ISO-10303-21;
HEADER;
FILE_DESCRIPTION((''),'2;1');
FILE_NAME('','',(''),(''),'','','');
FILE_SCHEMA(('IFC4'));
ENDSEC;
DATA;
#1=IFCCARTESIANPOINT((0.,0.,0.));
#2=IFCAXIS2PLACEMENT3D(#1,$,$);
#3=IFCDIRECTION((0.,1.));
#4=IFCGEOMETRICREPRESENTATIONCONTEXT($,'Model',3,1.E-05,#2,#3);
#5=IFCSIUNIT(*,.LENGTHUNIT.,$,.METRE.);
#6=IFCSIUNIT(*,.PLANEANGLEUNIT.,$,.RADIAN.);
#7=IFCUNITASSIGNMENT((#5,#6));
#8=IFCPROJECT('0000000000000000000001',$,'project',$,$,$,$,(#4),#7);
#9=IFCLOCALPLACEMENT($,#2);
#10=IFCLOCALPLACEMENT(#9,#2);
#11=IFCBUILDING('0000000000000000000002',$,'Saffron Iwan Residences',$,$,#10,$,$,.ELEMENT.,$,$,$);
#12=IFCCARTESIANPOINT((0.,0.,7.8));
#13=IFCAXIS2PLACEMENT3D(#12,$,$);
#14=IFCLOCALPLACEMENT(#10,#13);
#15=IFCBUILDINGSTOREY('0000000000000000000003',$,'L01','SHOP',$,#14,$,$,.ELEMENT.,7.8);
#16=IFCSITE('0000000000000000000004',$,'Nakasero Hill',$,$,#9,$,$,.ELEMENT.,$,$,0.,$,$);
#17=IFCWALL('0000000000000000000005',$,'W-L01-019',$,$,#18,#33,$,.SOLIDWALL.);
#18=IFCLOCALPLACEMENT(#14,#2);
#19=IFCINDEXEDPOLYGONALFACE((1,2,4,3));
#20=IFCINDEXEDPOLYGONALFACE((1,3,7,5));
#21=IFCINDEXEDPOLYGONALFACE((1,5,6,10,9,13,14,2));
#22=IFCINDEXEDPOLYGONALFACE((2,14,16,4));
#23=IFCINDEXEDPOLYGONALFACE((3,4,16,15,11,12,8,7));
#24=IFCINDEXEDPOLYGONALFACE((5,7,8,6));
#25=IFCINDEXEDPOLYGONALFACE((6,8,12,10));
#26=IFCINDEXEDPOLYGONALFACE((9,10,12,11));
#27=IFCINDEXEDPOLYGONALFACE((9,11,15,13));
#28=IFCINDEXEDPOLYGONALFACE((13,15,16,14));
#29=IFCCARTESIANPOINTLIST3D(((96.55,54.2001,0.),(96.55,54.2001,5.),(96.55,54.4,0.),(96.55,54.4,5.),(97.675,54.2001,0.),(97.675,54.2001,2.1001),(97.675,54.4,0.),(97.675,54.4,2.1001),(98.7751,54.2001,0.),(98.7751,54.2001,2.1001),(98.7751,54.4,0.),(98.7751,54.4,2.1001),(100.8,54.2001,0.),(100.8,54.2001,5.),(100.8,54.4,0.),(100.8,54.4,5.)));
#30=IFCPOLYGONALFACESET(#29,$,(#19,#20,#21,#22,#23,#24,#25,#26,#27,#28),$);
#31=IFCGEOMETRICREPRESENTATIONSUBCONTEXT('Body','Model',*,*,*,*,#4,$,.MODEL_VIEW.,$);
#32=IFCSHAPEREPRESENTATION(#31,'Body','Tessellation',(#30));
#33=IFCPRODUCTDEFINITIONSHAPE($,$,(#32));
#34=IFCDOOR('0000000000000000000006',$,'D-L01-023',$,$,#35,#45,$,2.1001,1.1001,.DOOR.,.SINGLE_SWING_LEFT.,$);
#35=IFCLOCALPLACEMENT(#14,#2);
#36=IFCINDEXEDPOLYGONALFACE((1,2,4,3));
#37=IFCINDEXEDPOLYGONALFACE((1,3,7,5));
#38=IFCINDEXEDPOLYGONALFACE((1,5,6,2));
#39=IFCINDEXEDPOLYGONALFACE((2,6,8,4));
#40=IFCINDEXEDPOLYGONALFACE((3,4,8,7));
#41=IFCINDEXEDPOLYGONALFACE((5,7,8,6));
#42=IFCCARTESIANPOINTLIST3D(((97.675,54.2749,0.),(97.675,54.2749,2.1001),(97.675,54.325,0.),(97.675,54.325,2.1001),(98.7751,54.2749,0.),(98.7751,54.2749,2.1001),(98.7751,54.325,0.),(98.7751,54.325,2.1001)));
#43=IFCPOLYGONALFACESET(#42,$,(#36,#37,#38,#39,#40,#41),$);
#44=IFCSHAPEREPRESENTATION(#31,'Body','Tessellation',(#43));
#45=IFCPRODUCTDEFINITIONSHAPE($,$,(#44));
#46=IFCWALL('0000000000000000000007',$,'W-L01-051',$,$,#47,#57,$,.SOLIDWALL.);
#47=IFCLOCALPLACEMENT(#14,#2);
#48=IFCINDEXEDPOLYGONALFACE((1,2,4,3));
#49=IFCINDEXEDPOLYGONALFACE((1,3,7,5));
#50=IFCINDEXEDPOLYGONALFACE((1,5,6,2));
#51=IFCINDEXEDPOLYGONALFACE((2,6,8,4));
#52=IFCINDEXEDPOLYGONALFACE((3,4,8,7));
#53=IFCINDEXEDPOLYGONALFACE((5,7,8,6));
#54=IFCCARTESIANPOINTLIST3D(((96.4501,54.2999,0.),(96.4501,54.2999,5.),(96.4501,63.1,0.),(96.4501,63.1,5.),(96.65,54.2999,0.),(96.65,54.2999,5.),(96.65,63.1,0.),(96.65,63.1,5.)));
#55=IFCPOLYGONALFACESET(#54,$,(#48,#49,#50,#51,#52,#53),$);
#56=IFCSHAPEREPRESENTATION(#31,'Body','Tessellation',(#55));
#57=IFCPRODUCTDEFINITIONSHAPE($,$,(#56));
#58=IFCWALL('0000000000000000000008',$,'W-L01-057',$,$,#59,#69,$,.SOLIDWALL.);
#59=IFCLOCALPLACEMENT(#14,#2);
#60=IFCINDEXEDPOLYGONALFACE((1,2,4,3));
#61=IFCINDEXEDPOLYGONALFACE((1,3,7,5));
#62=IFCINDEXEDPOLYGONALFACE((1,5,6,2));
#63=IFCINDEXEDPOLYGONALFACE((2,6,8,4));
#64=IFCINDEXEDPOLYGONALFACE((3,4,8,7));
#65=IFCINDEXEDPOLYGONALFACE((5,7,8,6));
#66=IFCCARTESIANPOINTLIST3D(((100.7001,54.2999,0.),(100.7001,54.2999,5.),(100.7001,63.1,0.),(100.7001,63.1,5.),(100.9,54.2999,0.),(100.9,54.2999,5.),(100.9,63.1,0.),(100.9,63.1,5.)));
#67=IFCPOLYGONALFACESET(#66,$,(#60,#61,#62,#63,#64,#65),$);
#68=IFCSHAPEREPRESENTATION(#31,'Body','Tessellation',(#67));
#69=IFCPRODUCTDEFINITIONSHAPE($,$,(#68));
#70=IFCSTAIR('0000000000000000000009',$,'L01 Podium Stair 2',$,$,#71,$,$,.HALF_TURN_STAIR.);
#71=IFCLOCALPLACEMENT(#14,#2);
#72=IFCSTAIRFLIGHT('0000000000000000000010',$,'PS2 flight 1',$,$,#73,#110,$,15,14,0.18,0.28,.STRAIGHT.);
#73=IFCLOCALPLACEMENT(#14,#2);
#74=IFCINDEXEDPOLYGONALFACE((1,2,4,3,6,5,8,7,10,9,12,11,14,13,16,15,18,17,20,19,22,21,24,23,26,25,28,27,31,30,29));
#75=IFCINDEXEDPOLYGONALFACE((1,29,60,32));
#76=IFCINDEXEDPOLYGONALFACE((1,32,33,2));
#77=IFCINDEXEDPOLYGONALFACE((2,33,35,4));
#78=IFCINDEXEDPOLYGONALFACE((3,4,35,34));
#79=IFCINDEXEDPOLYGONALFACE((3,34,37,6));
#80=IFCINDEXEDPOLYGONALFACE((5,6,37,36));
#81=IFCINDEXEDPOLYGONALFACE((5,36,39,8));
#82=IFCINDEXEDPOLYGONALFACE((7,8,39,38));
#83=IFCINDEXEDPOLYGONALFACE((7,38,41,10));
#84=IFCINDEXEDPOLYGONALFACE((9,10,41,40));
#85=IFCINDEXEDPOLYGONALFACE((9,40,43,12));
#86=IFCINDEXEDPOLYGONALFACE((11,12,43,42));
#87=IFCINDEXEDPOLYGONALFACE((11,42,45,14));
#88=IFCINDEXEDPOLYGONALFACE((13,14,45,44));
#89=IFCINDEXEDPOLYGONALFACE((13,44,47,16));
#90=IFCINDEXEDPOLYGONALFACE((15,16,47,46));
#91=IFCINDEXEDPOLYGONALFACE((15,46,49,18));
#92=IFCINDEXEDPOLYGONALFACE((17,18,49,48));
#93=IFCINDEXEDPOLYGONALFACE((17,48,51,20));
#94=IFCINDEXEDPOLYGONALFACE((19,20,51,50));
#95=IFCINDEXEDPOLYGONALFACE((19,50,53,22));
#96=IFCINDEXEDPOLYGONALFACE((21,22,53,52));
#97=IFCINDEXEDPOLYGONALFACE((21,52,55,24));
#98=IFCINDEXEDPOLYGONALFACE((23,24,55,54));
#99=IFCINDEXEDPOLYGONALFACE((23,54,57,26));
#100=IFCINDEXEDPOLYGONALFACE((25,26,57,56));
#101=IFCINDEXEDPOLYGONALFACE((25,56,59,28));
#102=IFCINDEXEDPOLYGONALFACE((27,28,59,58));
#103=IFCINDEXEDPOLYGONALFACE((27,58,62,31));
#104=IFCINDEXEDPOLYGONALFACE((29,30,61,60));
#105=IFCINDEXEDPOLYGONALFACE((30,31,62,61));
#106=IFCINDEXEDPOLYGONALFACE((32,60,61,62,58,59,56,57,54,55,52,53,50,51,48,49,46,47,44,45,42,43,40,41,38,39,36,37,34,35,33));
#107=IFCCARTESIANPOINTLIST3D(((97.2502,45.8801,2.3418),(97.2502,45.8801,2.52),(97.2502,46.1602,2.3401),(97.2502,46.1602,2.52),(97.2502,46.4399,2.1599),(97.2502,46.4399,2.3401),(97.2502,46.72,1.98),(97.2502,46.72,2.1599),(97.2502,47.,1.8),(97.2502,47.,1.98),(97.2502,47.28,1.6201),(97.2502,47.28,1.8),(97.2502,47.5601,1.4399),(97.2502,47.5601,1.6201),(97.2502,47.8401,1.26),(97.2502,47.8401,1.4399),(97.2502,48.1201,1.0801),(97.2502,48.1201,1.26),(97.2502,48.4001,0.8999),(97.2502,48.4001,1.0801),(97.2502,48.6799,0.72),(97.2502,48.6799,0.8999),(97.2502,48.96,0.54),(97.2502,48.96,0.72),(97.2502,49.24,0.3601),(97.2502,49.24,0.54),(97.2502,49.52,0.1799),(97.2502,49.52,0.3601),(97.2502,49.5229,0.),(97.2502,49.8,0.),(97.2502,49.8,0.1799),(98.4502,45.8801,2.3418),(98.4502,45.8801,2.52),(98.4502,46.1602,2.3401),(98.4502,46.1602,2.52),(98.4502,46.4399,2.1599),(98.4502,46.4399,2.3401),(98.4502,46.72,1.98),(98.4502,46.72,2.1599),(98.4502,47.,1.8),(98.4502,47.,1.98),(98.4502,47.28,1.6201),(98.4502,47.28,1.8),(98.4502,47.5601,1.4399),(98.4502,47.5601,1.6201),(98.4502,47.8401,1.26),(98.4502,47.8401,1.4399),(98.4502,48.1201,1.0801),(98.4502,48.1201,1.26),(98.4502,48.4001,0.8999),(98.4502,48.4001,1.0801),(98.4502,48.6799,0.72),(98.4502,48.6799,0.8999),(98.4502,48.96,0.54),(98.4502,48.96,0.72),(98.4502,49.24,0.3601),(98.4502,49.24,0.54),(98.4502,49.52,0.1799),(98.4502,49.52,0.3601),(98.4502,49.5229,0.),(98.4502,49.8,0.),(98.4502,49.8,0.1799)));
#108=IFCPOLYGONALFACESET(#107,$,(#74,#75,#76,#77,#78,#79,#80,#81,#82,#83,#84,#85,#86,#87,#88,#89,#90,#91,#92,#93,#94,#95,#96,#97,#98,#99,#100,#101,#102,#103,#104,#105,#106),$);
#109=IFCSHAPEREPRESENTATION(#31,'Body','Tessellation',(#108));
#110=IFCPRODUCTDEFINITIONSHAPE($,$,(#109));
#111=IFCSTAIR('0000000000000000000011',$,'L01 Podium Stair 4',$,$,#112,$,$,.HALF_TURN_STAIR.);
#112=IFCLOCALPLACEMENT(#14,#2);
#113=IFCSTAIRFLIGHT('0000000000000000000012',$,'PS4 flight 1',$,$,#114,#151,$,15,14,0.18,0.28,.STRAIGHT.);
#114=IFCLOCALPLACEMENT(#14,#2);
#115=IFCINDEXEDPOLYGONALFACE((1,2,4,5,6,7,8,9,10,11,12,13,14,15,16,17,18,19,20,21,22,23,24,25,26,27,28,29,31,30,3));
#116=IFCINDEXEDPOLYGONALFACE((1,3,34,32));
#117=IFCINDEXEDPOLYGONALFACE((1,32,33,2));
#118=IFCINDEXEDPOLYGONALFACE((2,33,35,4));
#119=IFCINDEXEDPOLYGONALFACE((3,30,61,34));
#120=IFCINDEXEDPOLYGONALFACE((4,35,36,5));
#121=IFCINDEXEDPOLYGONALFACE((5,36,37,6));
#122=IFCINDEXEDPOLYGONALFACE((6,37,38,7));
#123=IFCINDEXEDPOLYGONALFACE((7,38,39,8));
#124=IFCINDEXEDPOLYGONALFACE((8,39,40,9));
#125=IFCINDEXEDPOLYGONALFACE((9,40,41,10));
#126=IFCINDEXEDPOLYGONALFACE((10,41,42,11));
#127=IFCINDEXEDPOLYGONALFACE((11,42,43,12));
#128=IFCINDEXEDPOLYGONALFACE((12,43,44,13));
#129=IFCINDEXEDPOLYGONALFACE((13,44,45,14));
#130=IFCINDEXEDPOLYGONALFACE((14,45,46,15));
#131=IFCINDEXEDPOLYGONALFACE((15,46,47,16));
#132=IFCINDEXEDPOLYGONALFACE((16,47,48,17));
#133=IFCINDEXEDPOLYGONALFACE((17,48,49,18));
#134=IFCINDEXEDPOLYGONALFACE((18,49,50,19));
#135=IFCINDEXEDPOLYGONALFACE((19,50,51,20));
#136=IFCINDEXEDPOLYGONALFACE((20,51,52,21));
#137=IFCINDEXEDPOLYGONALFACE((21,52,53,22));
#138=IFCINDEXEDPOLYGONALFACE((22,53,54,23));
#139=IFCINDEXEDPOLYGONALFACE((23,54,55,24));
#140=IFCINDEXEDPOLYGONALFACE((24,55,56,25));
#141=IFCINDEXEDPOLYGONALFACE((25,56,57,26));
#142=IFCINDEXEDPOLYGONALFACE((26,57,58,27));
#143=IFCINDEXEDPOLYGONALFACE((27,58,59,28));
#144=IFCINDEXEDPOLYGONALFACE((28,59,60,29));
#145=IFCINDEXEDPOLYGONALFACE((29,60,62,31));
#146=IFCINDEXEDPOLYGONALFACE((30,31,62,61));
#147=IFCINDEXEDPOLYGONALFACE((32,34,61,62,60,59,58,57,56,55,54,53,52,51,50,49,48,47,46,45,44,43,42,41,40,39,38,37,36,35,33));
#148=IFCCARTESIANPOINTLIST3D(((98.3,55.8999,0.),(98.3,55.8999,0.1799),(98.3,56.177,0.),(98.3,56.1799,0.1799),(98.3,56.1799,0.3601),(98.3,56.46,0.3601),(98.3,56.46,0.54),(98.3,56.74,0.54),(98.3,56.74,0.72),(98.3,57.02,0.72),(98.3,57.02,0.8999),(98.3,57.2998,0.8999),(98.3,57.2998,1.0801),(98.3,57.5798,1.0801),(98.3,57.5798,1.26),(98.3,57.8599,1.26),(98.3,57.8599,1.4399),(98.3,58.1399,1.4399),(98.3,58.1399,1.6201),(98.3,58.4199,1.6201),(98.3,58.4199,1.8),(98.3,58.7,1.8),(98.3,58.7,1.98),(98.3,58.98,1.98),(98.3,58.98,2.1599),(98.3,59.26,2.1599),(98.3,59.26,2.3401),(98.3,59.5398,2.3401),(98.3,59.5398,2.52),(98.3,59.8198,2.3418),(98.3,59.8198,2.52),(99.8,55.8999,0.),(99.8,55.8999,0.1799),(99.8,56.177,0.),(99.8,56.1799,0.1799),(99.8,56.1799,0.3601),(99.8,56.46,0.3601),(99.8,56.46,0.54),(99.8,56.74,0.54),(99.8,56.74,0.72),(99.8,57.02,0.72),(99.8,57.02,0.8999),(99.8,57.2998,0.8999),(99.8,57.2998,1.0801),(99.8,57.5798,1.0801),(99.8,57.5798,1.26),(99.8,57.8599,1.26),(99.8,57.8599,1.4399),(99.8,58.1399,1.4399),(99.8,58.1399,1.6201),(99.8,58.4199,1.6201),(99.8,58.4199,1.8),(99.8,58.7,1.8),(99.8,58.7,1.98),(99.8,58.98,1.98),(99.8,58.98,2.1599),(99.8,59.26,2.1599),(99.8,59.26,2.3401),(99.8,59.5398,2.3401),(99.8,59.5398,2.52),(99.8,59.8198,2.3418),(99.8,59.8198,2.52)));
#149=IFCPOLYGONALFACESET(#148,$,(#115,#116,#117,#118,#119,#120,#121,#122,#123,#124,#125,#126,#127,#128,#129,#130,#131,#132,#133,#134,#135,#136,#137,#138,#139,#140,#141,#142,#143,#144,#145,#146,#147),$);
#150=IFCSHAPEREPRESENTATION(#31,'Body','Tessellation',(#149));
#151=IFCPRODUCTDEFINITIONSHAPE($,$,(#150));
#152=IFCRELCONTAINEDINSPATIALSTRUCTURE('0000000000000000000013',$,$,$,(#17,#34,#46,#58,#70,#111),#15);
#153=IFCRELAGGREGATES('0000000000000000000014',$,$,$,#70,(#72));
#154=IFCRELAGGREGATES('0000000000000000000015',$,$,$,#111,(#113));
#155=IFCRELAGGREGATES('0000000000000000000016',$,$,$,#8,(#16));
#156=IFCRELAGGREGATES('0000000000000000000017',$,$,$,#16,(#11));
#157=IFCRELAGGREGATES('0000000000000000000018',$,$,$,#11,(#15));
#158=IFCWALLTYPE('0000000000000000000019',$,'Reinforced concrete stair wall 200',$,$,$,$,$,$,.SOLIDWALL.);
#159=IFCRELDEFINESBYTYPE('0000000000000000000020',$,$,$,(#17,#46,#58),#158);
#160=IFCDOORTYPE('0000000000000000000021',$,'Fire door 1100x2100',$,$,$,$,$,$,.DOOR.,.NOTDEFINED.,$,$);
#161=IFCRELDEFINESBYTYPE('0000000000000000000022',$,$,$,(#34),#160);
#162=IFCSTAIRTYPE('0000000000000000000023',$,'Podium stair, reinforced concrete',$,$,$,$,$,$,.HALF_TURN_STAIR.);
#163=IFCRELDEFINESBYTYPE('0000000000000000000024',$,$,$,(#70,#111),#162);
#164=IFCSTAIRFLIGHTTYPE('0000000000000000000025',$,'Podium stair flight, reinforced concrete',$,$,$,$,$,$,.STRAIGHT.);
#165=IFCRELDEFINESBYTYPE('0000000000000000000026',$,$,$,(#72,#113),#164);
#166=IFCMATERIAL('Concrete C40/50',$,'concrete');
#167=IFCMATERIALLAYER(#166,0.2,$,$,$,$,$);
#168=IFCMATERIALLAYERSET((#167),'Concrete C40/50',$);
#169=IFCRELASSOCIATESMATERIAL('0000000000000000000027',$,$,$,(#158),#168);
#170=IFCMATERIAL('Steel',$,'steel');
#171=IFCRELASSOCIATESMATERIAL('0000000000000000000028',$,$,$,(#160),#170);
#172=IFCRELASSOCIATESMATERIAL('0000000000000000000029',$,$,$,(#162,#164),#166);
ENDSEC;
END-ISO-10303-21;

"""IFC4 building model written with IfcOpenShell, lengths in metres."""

from ifc_helpers import new_model, si_unit, direction, frame, frame_2d, origin, place, context, subcontext, project, spatial, polyline, rectangle, outline, extrude, material, layer, layer_set, type_object, element, fill, aggregate, save


model = new_model("IFC4")

# Units and contexts
model_context = context("Model", 3, precision=1e-05, world=origin(), true_north=direction((0.0, 1.0)))
body_context = subcontext(model_context, "Body", "Model", "MODEL_VIEW")
ifc_project = project(units=[si_unit("LENGTHUNIT", "METRE"), si_unit("PLANEANGLEUNIT", "RADIAN")], contexts=[model_context])

# Site, building, storey
site_placement = place(None, origin())
site = spatial("IfcSite", under=ifc_project, at=site_placement, Name="Nakasero Hill", CompositionType="ELEMENT", RefElevation=0.0)
building_placement = place(site_placement, origin())
building = spatial("IfcBuilding", under=site, at=building_placement, Name="Saffron Iwan Residences", CompositionType="ELEMENT")
storey_placement = place(building_placement, frame((0.0, 0.0, 7.8)))
storey = spatial("IfcBuildingStorey", under=building, at=storey_placement, Name="L01", Description="SHOP", CompositionType="ELEMENT", Elevation=7.8)

# Shared definitions
ifc_material_1 = material(Name="Concrete C40/50", Category="concrete")

# Wall, opening, door
ifc_layer_1 = layer(ifc_material_1, 0.2)
ifc_layer_set_1 = layer_set([ifc_layer_1], Name="Concrete C40/50")
wall_type_1 = type_object("IfcWallType", Name="Reinforced concrete stair wall 200", PredefinedType="SOLIDWALL", material=ifc_layer_set_1)
ifc_material_2 = material(Name="Steel", Category="steel")
door_type_1 = type_object("IfcDoorType", Name="Fire door 1100x2100", OperationType="NOTDEFINED", PredefinedType="DOOR", material=ifc_material_2)
wall_1_placement = place(storey_placement, frame((96.55, 54.3, 0.0), z_axis=(0.0, 0.0, 1.0), x_axis=(1.0, 0.0, 0.0)))
wall_1 = element("IfcWall", 1, at=wall_1_placement, inside=storey, type_object=wall_type_1, Name="W-L01-019", PredefinedType="SOLIDWALL", context=body_context, shape_type="SweptSolid", body=[
    extrude(rectangle(XDim=4.25, YDim=0.2, at=frame_2d((2.125, 0.0))), origin(), (0.0, 0.0, 1.0), 5.0),
])
opening_1_placement = place(wall_1_placement, frame((1.125, 0.0, 0.0)))
opening_1 = element("IfcOpeningElement", 2, at=opening_1_placement, cuts=wall_1, PredefinedType="OPENING", context=body_context, shape_type="SweptSolid", body=[
    extrude(rectangle(XDim=1.1001, YDim=2.1001, at=frame_2d((0.55, 1.05))), frame((0.0, 0.1099, 0.0), z_axis=(0.0, -1.0, 0.0), x_axis=(1.0, 0.0, 0.0)), (0.0, 0.0, 1.0), 0.22),
])
door_1_placement = place(opening_1_placement, origin())
door_1 = element("IfcDoor", 3, at=door_1_placement, inside=storey, type_object=door_type_1, Name="D-L01-023", OperationType="SINGLE_SWING_LEFT", OverallHeight=2.1001, OverallWidth=1.1001, PredefinedType="DOOR", context=body_context, shape_type="SweptSolid", body=[
    extrude(rectangle(XDim=1.1001, YDim=2.1001, at=frame_2d((0.55, 1.05))), frame((0.0, 0.0249, 0.0), z_axis=(0.0, -1.0, 0.0), x_axis=(1.0, 0.0, 0.0)), (0.0, 0.0, 1.0), 0.05),
])
fill(opening_1, door_1)

# Walls
for number, where, z_axis, x_axis, name in (
    (4, (96.55, 54.3, 0.0), (0.0, 0.0, 1.0), (0.0, 1.0, 0.0), "W-L01-051"),
    (5, (100.8, 54.3, 0.0), (0.0, 0.0, 1.0), (0.0, 1.0, 0.0), "W-L01-057"),
):
    element("IfcWall", number, at=place(storey_placement, frame(where, z_axis=z_axis, x_axis=x_axis)), inside=storey, type_object=wall_type_1, Name=name, PredefinedType="SOLIDWALL", context=body_context, shape_type="SweptSolid", body=[
        extrude(rectangle(XDim=8.8, YDim=0.2, at=frame_2d((4.3999, 0.0))), origin(), (0.0, 0.0, 1.0), 5.0),
    ])

# Stair, stair flight
stair_type = type_object("IfcStairType", Name="Podium stair, reinforced concrete", PredefinedType="HALF_TURN_STAIR", material=ifc_material_1)
stair_1_placement = place(storey_placement, origin())
stair_1 = element("IfcStair", 6, at=stair_1_placement, inside=storey, type_object=stair_type, Name="L01 Podium Stair 2", PredefinedType="HALF_TURN_STAIR")
stair_flight_type = type_object("IfcStairFlightType", Name="Podium stair flight, reinforced concrete", PredefinedType="STRAIGHT", material=ifc_material_1)
stair_flight_1_placement = place(storey_placement, frame((97.8501, 49.8, 0.0), z_axis=(0.0, 0.0, 1.0), x_axis=(0.0, -1.0, 0.0)))
stair_flight_1 = element("IfcStairFlight", 7, at=stair_flight_1_placement, type_object=stair_flight_type, Name="PS2 flight 1", NumberOfRisers=15, NumberOfTreads=14, PredefinedType="STRAIGHT", RiserHeight=0.18, TreadLength=0.28, context=body_context, shape_type="SweptSolid", body=[
    extrude(outline(polyline([(0.0, 0.0), (0.0, 0.1799), (0.28, 0.1799), (0.28, 0.3601), (0.5601, 0.3601), (0.5601, 0.54), (0.8401, 0.54), (0.8401, 0.72), (1.1201, 0.72), (1.1201, 0.8999), (1.3999, 0.8999), (1.3999, 1.0801), (1.6799, 1.0801), (1.6799, 1.26), (1.96, 1.26), (1.96, 1.4399), (2.24, 1.4399), (2.24, 1.6201), (2.52, 1.6201), (2.52, 1.8), (2.8, 1.8), (2.8, 1.98), (3.0801, 1.98), (3.0801, 2.1599), (3.3601, 2.1599), (3.3601, 2.3401), (3.6399, 2.3401), (3.6399, 2.52), (3.9199, 2.52), (3.9199, 2.7), (3.9199, 2.3418), (0.2771, 0.0), (0.0, 0.0)])), frame((0.0, 0.6001, 0.0), z_axis=(0.0, -1.0, 0.0), x_axis=(1.0, 0.0, 0.0)), (0.0, 0.0, 1.0), 1.2),
])
aggregate(stair_1, [stair_flight_1])

# Stair, stair flight
stair_2_placement = place(storey_placement, origin())
stair_2 = element("IfcStair", 8, at=stair_2_placement, inside=storey, type_object=stair_type, Name="L01 Podium Stair 4", PredefinedType="HALF_TURN_STAIR")
stair_flight_2_placement = place(storey_placement, frame((99.05, 55.8999, 0.0), z_axis=(0.0, 0.0, 1.0), x_axis=(0.0, 1.0, 0.0)))
stair_flight_2 = element("IfcStairFlight", 9, at=stair_flight_2_placement, type_object=stair_flight_type, Name="PS4 flight 1", NumberOfRisers=15, NumberOfTreads=14, PredefinedType="STRAIGHT", RiserHeight=0.18, TreadLength=0.28, context=body_context, shape_type="SweptSolid", body=[
    extrude(outline(polyline([(0.0, 0.0), (0.0, 0.1799), (0.28, 0.1799), (0.28, 0.3601), (0.5601, 0.3601), (0.5601, 0.54), (0.8401, 0.54), (0.8401, 0.72), (1.1201, 0.72), (1.1201, 0.8999), (1.3999, 0.8999), (1.3999, 1.0801), (1.6799, 1.0801), (1.6799, 1.26), (1.96, 1.26), (1.96, 1.4399), (2.24, 1.4399), (2.24, 1.6201), (2.52, 1.6201), (2.52, 1.8), (2.8, 1.8), (2.8, 1.98), (3.0801, 1.98), (3.0801, 2.1599), (3.3601, 2.1599), (3.3601, 2.3401), (3.6399, 2.3401), (3.6399, 2.52), (3.9199, 2.52), (3.9199, 2.7), (3.9199, 2.3418), (0.2771, 0.0), (0.0, 0.0)])), frame((0.0, 0.75, 0.0), z_axis=(0.0, -1.0, 0.0), x_axis=(1.0, 0.0, 0.0)), (0.0, 0.0, 1.0), 1.5),
])
aggregate(stair_2, [stair_flight_2])

save(model, "model.ifc")
